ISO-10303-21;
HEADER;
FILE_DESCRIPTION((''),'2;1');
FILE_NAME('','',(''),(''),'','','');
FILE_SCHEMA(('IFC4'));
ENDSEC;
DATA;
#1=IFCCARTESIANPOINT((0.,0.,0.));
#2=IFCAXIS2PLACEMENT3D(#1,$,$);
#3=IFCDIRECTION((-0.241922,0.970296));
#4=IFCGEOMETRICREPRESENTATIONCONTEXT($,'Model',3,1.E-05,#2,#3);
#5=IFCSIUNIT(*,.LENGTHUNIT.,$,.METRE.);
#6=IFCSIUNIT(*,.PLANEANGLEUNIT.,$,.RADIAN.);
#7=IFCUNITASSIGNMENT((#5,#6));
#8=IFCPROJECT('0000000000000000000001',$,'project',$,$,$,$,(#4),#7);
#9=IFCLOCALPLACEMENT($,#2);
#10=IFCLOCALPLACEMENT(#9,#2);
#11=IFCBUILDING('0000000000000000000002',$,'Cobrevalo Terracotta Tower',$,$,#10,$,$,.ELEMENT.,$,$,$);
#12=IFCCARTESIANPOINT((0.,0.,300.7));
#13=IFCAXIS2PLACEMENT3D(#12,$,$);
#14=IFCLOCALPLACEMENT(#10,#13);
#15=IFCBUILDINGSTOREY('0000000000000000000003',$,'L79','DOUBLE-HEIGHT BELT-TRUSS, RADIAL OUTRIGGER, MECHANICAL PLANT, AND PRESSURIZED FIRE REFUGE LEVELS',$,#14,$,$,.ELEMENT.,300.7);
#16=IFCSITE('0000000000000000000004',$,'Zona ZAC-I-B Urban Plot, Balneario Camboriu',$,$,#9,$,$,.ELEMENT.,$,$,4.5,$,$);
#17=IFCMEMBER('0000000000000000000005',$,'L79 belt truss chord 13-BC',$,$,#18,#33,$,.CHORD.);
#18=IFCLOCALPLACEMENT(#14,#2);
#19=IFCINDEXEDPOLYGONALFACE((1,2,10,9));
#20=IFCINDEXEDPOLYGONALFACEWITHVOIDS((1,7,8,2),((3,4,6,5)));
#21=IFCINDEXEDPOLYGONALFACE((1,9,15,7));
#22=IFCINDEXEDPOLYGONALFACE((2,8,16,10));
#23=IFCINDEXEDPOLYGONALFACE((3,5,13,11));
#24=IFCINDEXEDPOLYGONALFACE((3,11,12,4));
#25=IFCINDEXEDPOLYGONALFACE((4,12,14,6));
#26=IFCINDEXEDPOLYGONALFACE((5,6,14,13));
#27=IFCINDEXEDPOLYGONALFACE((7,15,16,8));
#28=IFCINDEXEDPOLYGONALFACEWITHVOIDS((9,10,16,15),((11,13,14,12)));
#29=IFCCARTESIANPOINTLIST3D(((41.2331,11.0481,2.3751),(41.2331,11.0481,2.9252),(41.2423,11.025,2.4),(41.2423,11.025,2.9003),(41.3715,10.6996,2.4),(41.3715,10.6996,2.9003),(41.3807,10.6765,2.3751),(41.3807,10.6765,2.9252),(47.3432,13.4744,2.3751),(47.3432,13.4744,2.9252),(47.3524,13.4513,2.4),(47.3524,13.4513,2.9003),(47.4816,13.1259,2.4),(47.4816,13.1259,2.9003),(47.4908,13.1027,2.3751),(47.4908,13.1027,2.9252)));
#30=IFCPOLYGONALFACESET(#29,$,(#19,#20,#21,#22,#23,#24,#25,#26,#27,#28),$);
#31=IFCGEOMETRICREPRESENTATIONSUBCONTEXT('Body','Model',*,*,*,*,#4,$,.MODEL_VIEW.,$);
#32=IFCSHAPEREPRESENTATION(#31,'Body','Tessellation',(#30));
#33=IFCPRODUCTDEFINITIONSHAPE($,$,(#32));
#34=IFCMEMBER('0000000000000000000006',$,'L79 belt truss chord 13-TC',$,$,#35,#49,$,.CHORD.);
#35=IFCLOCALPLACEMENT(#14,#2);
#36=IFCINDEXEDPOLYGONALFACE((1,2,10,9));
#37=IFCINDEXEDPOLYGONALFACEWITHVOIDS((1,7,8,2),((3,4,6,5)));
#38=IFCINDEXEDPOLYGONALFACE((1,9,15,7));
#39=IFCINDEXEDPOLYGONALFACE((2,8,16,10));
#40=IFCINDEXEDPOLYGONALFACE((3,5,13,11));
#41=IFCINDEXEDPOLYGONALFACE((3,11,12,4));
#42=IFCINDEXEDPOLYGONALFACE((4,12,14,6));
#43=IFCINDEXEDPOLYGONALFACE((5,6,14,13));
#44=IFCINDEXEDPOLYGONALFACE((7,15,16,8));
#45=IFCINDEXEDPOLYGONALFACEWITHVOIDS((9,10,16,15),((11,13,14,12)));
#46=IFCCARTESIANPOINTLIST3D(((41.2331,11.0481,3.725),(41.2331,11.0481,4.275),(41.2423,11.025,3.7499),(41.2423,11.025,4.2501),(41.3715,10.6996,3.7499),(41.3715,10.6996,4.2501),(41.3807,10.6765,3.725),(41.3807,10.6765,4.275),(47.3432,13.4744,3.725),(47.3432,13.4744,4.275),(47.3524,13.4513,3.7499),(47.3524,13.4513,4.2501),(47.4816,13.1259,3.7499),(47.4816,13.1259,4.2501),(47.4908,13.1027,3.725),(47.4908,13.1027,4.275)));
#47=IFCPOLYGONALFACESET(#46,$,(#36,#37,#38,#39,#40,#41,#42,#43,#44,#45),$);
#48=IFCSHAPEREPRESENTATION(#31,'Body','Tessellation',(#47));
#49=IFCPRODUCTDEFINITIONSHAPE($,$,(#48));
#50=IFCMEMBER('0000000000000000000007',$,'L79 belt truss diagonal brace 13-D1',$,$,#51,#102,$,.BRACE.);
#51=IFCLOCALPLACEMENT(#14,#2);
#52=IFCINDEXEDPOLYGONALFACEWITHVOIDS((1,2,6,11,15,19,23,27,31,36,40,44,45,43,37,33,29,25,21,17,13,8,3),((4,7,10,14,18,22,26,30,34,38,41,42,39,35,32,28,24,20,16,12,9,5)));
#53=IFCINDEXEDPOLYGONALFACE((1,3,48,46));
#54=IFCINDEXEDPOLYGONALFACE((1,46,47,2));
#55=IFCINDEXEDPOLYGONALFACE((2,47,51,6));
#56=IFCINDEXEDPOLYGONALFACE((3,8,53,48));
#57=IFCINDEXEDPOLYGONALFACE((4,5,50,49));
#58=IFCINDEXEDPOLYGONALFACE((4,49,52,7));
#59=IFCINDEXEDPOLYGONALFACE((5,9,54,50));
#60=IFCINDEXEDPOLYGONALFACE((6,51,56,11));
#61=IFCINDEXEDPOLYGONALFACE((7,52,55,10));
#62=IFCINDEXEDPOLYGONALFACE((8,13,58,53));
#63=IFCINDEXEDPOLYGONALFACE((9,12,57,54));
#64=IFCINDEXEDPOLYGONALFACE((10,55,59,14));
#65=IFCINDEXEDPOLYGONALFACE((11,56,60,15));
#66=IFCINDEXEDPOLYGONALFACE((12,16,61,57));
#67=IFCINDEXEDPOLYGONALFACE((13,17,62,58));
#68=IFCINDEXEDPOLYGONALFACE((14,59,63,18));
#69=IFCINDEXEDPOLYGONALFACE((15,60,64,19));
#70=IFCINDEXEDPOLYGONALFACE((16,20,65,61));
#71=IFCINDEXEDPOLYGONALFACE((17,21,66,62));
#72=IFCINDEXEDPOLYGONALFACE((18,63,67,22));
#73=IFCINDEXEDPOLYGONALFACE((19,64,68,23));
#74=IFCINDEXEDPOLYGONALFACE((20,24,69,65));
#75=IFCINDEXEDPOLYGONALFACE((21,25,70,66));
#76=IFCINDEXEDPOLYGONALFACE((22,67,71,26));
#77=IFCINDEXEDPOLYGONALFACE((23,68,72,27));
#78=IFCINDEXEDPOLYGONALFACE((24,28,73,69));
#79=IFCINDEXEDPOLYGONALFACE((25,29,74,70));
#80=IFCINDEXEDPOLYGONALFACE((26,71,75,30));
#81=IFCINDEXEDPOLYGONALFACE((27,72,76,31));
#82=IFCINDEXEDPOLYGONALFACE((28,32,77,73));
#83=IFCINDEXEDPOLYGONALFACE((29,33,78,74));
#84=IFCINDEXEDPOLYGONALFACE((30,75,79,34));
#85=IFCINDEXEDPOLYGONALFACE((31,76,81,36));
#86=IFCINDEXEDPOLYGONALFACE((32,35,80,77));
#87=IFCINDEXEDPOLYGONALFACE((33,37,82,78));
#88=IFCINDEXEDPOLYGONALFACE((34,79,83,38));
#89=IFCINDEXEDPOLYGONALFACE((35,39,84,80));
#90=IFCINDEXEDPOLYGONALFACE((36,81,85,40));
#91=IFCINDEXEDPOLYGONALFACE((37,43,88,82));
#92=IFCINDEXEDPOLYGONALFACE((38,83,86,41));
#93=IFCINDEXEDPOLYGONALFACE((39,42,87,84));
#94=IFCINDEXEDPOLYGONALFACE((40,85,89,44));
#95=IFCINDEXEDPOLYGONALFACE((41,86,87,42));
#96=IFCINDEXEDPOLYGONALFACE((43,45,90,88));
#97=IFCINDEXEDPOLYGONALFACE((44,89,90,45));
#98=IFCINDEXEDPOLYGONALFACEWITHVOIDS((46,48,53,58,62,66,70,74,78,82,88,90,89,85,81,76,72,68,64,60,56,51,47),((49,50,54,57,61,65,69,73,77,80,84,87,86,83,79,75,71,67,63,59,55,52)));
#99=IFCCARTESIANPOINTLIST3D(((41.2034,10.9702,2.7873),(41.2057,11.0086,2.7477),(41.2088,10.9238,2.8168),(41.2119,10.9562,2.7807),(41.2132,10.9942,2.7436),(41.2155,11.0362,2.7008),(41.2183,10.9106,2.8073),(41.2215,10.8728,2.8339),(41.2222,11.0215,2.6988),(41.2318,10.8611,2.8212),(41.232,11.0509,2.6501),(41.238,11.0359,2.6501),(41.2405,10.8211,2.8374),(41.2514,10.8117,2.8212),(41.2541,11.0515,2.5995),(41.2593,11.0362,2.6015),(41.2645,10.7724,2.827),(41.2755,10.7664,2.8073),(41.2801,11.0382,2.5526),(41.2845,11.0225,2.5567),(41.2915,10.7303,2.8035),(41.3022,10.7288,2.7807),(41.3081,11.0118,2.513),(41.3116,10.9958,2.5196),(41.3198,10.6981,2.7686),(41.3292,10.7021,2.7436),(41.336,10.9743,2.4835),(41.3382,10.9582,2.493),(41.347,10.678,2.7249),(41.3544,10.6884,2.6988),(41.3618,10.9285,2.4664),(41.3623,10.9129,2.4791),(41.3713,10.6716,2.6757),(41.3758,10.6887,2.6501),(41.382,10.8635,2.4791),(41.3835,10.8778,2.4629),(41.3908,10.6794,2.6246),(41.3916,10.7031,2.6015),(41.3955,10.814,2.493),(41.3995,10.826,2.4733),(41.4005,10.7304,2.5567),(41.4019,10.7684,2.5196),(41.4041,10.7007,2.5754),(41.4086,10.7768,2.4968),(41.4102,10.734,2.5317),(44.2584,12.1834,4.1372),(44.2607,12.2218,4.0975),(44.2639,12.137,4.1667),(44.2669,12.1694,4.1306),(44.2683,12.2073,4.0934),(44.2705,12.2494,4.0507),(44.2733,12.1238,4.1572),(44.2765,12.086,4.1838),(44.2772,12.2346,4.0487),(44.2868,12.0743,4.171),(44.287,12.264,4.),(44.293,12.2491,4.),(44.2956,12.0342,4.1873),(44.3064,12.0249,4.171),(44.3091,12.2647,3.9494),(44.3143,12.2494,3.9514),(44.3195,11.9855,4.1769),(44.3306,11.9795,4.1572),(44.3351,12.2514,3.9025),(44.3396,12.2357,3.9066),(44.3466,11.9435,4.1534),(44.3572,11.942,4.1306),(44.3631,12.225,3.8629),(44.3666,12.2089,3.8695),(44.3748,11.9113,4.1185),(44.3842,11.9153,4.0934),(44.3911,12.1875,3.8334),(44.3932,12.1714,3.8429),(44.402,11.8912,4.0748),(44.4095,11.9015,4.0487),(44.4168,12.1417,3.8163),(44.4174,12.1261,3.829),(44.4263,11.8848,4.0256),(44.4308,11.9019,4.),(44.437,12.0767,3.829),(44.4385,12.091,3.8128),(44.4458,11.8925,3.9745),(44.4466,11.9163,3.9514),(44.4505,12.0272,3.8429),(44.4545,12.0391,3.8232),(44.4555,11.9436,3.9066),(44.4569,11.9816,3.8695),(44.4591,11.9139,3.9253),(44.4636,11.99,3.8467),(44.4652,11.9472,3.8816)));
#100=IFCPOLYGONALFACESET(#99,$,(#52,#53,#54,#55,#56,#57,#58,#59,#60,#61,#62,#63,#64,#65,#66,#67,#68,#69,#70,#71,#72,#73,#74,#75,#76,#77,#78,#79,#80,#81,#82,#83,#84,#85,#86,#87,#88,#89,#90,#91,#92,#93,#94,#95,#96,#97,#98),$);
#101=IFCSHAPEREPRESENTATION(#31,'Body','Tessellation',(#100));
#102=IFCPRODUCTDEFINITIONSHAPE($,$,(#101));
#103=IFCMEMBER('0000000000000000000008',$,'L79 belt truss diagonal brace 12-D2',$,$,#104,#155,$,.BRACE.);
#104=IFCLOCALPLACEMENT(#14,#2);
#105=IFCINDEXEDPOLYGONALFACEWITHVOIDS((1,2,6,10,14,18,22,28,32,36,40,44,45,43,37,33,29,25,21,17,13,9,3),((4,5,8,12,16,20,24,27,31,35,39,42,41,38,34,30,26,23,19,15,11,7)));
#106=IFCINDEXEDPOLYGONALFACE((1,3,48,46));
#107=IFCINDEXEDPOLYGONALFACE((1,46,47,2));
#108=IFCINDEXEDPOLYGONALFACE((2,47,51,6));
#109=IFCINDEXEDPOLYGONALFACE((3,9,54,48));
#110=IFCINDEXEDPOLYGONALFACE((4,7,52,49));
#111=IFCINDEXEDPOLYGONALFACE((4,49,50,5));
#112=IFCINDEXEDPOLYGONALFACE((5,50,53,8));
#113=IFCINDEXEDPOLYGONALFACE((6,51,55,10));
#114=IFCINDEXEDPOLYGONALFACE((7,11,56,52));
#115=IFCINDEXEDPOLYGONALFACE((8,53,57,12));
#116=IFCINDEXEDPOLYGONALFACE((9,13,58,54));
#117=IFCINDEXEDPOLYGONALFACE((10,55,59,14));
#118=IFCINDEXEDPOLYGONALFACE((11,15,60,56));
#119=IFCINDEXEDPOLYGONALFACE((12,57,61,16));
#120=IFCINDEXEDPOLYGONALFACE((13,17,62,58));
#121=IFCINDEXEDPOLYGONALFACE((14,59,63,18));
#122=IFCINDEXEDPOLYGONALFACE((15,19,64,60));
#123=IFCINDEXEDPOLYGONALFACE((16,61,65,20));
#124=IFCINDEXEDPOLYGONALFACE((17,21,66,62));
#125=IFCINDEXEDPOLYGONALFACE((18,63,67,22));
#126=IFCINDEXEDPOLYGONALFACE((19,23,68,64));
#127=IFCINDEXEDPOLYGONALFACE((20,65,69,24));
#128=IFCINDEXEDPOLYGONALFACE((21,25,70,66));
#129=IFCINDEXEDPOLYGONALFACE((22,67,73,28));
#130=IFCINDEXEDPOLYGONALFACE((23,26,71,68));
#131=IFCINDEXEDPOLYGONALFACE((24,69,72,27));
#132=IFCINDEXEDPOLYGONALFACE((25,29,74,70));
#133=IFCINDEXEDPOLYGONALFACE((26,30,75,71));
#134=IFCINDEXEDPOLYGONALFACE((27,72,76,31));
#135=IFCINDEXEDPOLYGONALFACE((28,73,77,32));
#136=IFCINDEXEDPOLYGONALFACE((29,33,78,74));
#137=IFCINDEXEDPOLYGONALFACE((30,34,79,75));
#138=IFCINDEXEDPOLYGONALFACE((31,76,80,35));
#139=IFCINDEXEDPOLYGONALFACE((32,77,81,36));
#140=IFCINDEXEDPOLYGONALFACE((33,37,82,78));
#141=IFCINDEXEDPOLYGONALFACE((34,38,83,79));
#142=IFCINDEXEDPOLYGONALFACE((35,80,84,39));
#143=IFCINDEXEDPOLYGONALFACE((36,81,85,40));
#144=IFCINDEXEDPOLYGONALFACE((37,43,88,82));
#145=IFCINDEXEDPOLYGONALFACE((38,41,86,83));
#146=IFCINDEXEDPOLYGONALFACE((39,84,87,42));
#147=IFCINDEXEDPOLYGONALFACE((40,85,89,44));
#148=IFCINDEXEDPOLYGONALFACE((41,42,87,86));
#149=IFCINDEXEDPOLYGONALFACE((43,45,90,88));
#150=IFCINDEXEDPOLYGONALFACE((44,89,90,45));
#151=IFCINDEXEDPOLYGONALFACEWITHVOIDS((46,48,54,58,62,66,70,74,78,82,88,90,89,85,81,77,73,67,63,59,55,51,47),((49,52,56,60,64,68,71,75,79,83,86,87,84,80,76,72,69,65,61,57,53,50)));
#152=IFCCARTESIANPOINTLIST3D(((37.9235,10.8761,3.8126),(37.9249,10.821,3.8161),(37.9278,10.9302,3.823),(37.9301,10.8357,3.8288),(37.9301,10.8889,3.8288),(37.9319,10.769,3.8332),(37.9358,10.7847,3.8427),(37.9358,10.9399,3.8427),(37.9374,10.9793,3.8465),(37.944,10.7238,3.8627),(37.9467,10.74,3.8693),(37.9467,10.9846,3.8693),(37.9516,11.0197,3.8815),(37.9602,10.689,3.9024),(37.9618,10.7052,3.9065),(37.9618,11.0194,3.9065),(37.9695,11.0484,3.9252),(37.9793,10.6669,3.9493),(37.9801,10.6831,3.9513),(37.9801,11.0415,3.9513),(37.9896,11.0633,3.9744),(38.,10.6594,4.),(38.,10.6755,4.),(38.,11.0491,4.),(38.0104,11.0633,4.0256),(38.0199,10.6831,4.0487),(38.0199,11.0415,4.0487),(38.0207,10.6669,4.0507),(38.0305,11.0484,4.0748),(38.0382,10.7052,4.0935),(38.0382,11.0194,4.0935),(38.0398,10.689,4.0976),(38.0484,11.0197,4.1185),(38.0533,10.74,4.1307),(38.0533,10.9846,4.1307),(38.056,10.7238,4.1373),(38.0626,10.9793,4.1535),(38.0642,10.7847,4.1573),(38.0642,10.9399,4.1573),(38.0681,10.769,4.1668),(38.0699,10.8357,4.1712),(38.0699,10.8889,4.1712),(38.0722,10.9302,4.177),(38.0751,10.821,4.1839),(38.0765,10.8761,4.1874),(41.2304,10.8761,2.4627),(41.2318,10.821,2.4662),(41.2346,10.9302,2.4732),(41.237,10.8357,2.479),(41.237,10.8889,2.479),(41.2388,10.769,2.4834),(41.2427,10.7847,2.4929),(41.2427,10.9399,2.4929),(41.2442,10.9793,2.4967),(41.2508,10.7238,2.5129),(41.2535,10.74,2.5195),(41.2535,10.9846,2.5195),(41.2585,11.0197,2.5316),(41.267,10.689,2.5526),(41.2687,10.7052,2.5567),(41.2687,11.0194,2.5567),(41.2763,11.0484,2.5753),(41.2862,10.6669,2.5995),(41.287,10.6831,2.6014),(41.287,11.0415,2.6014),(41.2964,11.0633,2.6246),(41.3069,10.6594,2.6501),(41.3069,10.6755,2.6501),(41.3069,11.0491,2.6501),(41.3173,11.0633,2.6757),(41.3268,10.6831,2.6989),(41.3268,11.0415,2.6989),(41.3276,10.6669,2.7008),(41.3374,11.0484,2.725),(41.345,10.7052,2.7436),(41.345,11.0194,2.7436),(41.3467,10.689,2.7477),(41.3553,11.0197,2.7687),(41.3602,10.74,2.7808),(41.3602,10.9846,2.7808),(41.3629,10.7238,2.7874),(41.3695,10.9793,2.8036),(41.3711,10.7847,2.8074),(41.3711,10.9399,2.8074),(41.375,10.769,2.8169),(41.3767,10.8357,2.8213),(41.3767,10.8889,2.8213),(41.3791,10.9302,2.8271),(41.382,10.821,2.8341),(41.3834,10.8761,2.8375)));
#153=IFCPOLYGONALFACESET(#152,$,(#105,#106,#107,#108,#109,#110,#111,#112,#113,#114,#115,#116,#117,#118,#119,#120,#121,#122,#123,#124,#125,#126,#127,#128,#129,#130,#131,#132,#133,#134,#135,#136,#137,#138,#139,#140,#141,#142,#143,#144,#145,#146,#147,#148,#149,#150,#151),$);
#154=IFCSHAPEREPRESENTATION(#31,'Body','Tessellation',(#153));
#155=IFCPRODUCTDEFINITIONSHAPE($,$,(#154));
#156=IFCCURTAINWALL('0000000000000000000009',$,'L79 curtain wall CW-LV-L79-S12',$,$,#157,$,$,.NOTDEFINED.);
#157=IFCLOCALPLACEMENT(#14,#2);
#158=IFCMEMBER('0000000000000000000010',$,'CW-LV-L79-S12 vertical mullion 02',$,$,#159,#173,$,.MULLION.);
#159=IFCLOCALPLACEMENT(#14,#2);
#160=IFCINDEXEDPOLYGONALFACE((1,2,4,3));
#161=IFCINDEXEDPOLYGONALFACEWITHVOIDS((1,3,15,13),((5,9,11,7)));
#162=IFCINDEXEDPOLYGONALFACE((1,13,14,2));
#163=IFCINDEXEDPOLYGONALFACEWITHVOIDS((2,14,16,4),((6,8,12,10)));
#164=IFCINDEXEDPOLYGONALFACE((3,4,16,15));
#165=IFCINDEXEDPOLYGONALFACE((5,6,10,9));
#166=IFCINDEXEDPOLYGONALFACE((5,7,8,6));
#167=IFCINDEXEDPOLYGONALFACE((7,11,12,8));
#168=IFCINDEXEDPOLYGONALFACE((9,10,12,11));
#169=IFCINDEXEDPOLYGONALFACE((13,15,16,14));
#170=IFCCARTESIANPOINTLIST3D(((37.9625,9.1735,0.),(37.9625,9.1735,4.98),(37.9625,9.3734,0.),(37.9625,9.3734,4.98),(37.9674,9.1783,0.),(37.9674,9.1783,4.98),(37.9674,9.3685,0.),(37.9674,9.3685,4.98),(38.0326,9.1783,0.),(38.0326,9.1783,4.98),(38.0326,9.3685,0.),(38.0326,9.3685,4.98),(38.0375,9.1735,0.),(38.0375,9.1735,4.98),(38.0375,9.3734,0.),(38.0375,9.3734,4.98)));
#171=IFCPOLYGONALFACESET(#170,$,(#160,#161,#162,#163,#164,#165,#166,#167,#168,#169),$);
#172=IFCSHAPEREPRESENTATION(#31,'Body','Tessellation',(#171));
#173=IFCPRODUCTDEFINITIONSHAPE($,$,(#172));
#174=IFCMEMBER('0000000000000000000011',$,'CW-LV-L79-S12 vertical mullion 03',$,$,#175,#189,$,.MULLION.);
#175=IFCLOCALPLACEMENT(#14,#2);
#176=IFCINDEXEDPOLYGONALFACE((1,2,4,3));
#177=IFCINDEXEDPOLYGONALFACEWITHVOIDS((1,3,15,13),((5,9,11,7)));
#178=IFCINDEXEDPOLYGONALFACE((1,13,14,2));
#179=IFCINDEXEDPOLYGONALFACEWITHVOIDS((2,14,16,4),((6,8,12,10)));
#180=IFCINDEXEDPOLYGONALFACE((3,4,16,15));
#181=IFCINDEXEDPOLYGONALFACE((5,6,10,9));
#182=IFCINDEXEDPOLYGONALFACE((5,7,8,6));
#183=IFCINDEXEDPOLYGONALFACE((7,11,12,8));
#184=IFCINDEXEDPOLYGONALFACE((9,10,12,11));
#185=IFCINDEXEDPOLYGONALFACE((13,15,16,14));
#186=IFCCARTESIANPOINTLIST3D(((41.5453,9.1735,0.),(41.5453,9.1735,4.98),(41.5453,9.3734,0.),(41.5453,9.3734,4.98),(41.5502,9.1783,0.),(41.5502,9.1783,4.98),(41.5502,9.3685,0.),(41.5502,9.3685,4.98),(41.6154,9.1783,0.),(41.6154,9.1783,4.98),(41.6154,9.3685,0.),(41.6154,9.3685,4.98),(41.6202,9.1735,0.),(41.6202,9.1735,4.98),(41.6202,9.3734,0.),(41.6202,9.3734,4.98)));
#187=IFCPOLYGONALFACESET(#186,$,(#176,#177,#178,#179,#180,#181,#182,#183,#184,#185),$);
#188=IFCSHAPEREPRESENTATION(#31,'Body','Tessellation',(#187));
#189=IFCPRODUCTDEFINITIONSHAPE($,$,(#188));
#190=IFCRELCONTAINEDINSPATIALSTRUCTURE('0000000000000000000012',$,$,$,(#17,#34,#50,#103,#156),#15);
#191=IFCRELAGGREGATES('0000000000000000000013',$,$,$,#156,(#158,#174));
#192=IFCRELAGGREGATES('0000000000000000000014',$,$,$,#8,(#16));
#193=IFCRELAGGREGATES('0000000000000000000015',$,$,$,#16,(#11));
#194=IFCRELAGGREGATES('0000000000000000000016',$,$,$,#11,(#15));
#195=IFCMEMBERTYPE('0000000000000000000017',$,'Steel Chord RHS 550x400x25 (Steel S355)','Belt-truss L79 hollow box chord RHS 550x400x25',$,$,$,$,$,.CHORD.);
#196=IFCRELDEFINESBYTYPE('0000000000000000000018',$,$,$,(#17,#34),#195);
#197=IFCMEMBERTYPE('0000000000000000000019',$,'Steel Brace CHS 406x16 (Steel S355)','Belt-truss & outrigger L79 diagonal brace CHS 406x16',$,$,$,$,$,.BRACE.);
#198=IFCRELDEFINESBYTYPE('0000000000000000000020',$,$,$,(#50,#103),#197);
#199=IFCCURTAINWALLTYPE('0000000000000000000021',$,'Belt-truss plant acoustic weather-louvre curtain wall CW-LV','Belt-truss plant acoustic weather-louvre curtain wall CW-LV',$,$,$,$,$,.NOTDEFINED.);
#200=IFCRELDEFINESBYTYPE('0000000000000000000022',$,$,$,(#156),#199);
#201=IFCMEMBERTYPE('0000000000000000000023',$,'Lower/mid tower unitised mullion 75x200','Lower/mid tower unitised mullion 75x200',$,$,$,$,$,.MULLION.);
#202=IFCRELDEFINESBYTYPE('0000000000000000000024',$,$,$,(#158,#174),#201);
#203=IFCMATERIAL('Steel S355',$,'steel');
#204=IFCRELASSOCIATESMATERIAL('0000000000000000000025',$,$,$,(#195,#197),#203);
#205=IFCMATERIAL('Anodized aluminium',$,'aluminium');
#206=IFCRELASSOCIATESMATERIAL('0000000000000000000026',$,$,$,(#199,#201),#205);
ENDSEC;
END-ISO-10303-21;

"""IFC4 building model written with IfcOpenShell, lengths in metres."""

from ifc_helpers import new_model, si_unit, direction, frame, origin, origin_2d, place, context, subcontext, project, spatial, hollow_rectangle, hollow_circle, extrude, source, transform, mapped, material, material_profile, profile_set, type_object, element, aggregate, save


model = new_model("IFC4")

# Units and contexts
model_context = context("Model", 3, precision=1e-05, world=origin(), true_north=direction((-0.241922, 0.970296)))
body_context = subcontext(model_context, "Body", "Model", "MODEL_VIEW")
ifc_project = project(units=[si_unit("LENGTHUNIT", "METRE"), si_unit("PLANEANGLEUNIT", "RADIAN")], contexts=[model_context])

# Site, building, storey
site_placement = place(None, origin())
site = spatial("IfcSite", under=ifc_project, at=site_placement, Name="Zona ZAC-I-B Urban Plot, Balneario Camboriu", CompositionType="ELEMENT", RefElevation=4.5)
building_placement = place(site_placement, origin())
building = spatial("IfcBuilding", under=site, at=building_placement, Name="Cobrevalo Terracotta Tower", CompositionType="ELEMENT")
storey_placement = place(building_placement, frame((0.0, 0.0, 300.7)))
storey = spatial("IfcBuildingStorey", under=building, at=storey_placement, Name="L79", Description="DOUBLE-HEIGHT BELT-TRUSS, RADIAL OUTRIGGER, MECHANICAL PLANT, AND PRESSURIZED FIRE REFUGE LEVELS", CompositionType="ELEMENT", Elevation=300.7)

# Shared definitions
ifc_material_1 = material(Name="Steel S355", Category="steel")

# Members
ifc_material_profile_1 = material_profile(ifc_material_1, hollow_rectangle(XDim=0.3999, YDim=0.55, WallThickness=0.0249, at=origin_2d()), Name="RHS 550x400x25")
ifc_profile_set_1 = profile_set([ifc_material_profile_1], Name="Steel S355")
member_type_1 = type_object("IfcMemberType", Name="Steel Chord RHS 550x400x25 (Steel S355)", Description="Belt-truss L79 hollow box chord RHS 550x400x25", PredefinedType="CHORD", material=ifc_profile_set_1)
shared_shape_1 = source(origin(), body_context, "Body", "SweptSolid", [
    extrude(hollow_rectangle(XDim=0.3999, YDim=0.55, WallThickness=0.0249, at=origin_2d()), origin(), (0.0, 0.0, 1.0), 6.5742),
])
for number, where, z_axis, x_axis, name in (
    (1, (41.3069, 10.8623, 2.6501), (0.929406, 0.369059, 0.0), (-0.369059, 0.929406, 0.0), "L79 belt truss chord 13-BC"),
    (2, (41.3069, 10.8623, 4.0), (0.929406, 0.369059, 0.0), (-0.369059, 0.929406, 0.0), "L79 belt truss chord 13-TC"),
):
    element("IfcMember", number, at=place(storey_placement, frame(where, z_axis=z_axis, x_axis=x_axis)), inside=storey, type_object=member_type_1, Name=name, PredefinedType="CHORD", context=body_context, shape_type="MappedRepresentation", body=[
        mapped(shared_shape_1, transform((0.0, 0.0, 0.0), scale=1.0)),
    ])
ifc_material_profile_2 = material_profile(ifc_material_1, hollow_circle(Radius=0.2029, WallThickness=0.0161, at=origin_2d()), Name="CHS 406x16")
ifc_profile_set_2 = profile_set([ifc_material_profile_2], Name="Steel S355")
member_type_2 = type_object("IfcMemberType", Name="Steel Brace CHS 406x16 (Steel S355)", Description="Belt-truss & outrigger L79 diagonal brace CHS 406x16", PredefinedType="BRACE", material=ifc_profile_set_2)
shared_shape_2 = source(origin(), body_context, "Body", "SweptSolid", [
    extrude(hollow_circle(Radius=0.2029, WallThickness=0.0161, at=origin_2d()), origin(), (0.0, 0.0, 1.0), 3.5535),
])
member_1_placement = place(storey_placement, frame((41.3069, 10.8623, 2.6501), z_axis=(0.859729, 0.341404, 0.37988), x_axis=(-0.369072, 0.929401, 0.0)))
element("IfcMember", 3, at=member_1_placement, inside=storey, type_object=member_type_2, Name="L79 belt truss diagonal brace 13-D1", PredefinedType="BRACE", context=body_context, shape_type="MappedRepresentation", body=[
    mapped(shared_shape_2, transform((0.0, 0.0, 0.0), scale=1.0)),
])
shared_shape_3 = source(origin(), body_context, "Body", "SweptSolid", [
    extrude(hollow_circle(Radius=0.2029, WallThickness=0.0161, at=origin_2d()), origin(), (0.0, 0.0, 1.0), 3.5718),
])
member_2_placement = place(storey_placement, frame((41.3069, 10.8623, 2.6501), z_axis=(-0.925837, 0.0, 0.377922), x_axis=(0.0, -1.0, 0.0)))
element("IfcMember", 4, at=member_2_placement, inside=storey, type_object=member_type_2, Name="L79 belt truss diagonal brace 12-D2", PredefinedType="BRACE", context=body_context, shape_type="MappedRepresentation", body=[
    mapped(shared_shape_3, transform((0.0, 0.0, 0.0), scale=1.0)),
])

# Curtain wall, members
ifc_material_2 = material(Name="Anodized aluminium", Category="aluminium")
curtain_wall_type = type_object("IfcCurtainWallType", Name="Belt-truss plant acoustic weather-louvre curtain wall CW-LV", Description="Belt-truss plant acoustic weather-louvre curtain wall CW-LV", PredefinedType="NOTDEFINED", material=ifc_material_2)
curtain_wall_1_placement = place(storey_placement, origin())
curtain_wall_1 = element("IfcCurtainWall", 5, at=curtain_wall_1_placement, inside=storey, type_object=curtain_wall_type, Name="L79 curtain wall CW-LV-L79-S12", PredefinedType="NOTDEFINED")
ifc_material_profile_3 = material_profile(ifc_material_2, hollow_rectangle(XDim=0.075, YDim=0.2, WallThickness=0.0049, at=origin_2d()), Name="CWM 75x200")
ifc_profile_set_3 = profile_set([ifc_material_profile_3], Name="Anodized aluminium")
member_type_3 = type_object("IfcMemberType", Name="Lower/mid tower unitised mullion 75x200", Description="Lower/mid tower unitised mullion 75x200", PredefinedType="MULLION", material=ifc_profile_set_3)
shared_shape_4 = source(origin(), body_context, "Body", "SweptSolid", [
    extrude(hollow_rectangle(XDim=0.075, YDim=0.2, WallThickness=0.0049, at=origin_2d()), origin(), (0.0, 0.0, 1.0), 4.98),
])
member_3_placement = place(storey_placement, frame((38.0, 9.2734, 0.0), z_axis=(0.0, 0.0, 1.0), x_axis=(1.0, 0.0, 0.0)))
member_3 = element("IfcMember", 6, at=member_3_placement, type_object=member_type_3, Name="CW-LV-L79-S12 vertical mullion 02", PredefinedType="MULLION", context=body_context, shape_type="MappedRepresentation", body=[
    mapped(shared_shape_4, transform((0.0, 0.0, 0.0), scale=1.0)),
])
member_4_placement = place(storey_placement, frame((41.5828, 9.2734, 0.0), z_axis=(0.0, 0.0, 1.0), x_axis=(1.0, 0.0, 0.0)))
member_4 = element("IfcMember", 7, at=member_4_placement, type_object=member_type_3, Name="CW-LV-L79-S12 vertical mullion 03", PredefinedType="MULLION", context=body_context, shape_type="MappedRepresentation", body=[
    mapped(shared_shape_4, transform((0.0, 0.0, 0.0), scale=1.0)),
])

aggregate(curtain_wall_1, [member_3, member_4])

save(model, "model.ifc")
